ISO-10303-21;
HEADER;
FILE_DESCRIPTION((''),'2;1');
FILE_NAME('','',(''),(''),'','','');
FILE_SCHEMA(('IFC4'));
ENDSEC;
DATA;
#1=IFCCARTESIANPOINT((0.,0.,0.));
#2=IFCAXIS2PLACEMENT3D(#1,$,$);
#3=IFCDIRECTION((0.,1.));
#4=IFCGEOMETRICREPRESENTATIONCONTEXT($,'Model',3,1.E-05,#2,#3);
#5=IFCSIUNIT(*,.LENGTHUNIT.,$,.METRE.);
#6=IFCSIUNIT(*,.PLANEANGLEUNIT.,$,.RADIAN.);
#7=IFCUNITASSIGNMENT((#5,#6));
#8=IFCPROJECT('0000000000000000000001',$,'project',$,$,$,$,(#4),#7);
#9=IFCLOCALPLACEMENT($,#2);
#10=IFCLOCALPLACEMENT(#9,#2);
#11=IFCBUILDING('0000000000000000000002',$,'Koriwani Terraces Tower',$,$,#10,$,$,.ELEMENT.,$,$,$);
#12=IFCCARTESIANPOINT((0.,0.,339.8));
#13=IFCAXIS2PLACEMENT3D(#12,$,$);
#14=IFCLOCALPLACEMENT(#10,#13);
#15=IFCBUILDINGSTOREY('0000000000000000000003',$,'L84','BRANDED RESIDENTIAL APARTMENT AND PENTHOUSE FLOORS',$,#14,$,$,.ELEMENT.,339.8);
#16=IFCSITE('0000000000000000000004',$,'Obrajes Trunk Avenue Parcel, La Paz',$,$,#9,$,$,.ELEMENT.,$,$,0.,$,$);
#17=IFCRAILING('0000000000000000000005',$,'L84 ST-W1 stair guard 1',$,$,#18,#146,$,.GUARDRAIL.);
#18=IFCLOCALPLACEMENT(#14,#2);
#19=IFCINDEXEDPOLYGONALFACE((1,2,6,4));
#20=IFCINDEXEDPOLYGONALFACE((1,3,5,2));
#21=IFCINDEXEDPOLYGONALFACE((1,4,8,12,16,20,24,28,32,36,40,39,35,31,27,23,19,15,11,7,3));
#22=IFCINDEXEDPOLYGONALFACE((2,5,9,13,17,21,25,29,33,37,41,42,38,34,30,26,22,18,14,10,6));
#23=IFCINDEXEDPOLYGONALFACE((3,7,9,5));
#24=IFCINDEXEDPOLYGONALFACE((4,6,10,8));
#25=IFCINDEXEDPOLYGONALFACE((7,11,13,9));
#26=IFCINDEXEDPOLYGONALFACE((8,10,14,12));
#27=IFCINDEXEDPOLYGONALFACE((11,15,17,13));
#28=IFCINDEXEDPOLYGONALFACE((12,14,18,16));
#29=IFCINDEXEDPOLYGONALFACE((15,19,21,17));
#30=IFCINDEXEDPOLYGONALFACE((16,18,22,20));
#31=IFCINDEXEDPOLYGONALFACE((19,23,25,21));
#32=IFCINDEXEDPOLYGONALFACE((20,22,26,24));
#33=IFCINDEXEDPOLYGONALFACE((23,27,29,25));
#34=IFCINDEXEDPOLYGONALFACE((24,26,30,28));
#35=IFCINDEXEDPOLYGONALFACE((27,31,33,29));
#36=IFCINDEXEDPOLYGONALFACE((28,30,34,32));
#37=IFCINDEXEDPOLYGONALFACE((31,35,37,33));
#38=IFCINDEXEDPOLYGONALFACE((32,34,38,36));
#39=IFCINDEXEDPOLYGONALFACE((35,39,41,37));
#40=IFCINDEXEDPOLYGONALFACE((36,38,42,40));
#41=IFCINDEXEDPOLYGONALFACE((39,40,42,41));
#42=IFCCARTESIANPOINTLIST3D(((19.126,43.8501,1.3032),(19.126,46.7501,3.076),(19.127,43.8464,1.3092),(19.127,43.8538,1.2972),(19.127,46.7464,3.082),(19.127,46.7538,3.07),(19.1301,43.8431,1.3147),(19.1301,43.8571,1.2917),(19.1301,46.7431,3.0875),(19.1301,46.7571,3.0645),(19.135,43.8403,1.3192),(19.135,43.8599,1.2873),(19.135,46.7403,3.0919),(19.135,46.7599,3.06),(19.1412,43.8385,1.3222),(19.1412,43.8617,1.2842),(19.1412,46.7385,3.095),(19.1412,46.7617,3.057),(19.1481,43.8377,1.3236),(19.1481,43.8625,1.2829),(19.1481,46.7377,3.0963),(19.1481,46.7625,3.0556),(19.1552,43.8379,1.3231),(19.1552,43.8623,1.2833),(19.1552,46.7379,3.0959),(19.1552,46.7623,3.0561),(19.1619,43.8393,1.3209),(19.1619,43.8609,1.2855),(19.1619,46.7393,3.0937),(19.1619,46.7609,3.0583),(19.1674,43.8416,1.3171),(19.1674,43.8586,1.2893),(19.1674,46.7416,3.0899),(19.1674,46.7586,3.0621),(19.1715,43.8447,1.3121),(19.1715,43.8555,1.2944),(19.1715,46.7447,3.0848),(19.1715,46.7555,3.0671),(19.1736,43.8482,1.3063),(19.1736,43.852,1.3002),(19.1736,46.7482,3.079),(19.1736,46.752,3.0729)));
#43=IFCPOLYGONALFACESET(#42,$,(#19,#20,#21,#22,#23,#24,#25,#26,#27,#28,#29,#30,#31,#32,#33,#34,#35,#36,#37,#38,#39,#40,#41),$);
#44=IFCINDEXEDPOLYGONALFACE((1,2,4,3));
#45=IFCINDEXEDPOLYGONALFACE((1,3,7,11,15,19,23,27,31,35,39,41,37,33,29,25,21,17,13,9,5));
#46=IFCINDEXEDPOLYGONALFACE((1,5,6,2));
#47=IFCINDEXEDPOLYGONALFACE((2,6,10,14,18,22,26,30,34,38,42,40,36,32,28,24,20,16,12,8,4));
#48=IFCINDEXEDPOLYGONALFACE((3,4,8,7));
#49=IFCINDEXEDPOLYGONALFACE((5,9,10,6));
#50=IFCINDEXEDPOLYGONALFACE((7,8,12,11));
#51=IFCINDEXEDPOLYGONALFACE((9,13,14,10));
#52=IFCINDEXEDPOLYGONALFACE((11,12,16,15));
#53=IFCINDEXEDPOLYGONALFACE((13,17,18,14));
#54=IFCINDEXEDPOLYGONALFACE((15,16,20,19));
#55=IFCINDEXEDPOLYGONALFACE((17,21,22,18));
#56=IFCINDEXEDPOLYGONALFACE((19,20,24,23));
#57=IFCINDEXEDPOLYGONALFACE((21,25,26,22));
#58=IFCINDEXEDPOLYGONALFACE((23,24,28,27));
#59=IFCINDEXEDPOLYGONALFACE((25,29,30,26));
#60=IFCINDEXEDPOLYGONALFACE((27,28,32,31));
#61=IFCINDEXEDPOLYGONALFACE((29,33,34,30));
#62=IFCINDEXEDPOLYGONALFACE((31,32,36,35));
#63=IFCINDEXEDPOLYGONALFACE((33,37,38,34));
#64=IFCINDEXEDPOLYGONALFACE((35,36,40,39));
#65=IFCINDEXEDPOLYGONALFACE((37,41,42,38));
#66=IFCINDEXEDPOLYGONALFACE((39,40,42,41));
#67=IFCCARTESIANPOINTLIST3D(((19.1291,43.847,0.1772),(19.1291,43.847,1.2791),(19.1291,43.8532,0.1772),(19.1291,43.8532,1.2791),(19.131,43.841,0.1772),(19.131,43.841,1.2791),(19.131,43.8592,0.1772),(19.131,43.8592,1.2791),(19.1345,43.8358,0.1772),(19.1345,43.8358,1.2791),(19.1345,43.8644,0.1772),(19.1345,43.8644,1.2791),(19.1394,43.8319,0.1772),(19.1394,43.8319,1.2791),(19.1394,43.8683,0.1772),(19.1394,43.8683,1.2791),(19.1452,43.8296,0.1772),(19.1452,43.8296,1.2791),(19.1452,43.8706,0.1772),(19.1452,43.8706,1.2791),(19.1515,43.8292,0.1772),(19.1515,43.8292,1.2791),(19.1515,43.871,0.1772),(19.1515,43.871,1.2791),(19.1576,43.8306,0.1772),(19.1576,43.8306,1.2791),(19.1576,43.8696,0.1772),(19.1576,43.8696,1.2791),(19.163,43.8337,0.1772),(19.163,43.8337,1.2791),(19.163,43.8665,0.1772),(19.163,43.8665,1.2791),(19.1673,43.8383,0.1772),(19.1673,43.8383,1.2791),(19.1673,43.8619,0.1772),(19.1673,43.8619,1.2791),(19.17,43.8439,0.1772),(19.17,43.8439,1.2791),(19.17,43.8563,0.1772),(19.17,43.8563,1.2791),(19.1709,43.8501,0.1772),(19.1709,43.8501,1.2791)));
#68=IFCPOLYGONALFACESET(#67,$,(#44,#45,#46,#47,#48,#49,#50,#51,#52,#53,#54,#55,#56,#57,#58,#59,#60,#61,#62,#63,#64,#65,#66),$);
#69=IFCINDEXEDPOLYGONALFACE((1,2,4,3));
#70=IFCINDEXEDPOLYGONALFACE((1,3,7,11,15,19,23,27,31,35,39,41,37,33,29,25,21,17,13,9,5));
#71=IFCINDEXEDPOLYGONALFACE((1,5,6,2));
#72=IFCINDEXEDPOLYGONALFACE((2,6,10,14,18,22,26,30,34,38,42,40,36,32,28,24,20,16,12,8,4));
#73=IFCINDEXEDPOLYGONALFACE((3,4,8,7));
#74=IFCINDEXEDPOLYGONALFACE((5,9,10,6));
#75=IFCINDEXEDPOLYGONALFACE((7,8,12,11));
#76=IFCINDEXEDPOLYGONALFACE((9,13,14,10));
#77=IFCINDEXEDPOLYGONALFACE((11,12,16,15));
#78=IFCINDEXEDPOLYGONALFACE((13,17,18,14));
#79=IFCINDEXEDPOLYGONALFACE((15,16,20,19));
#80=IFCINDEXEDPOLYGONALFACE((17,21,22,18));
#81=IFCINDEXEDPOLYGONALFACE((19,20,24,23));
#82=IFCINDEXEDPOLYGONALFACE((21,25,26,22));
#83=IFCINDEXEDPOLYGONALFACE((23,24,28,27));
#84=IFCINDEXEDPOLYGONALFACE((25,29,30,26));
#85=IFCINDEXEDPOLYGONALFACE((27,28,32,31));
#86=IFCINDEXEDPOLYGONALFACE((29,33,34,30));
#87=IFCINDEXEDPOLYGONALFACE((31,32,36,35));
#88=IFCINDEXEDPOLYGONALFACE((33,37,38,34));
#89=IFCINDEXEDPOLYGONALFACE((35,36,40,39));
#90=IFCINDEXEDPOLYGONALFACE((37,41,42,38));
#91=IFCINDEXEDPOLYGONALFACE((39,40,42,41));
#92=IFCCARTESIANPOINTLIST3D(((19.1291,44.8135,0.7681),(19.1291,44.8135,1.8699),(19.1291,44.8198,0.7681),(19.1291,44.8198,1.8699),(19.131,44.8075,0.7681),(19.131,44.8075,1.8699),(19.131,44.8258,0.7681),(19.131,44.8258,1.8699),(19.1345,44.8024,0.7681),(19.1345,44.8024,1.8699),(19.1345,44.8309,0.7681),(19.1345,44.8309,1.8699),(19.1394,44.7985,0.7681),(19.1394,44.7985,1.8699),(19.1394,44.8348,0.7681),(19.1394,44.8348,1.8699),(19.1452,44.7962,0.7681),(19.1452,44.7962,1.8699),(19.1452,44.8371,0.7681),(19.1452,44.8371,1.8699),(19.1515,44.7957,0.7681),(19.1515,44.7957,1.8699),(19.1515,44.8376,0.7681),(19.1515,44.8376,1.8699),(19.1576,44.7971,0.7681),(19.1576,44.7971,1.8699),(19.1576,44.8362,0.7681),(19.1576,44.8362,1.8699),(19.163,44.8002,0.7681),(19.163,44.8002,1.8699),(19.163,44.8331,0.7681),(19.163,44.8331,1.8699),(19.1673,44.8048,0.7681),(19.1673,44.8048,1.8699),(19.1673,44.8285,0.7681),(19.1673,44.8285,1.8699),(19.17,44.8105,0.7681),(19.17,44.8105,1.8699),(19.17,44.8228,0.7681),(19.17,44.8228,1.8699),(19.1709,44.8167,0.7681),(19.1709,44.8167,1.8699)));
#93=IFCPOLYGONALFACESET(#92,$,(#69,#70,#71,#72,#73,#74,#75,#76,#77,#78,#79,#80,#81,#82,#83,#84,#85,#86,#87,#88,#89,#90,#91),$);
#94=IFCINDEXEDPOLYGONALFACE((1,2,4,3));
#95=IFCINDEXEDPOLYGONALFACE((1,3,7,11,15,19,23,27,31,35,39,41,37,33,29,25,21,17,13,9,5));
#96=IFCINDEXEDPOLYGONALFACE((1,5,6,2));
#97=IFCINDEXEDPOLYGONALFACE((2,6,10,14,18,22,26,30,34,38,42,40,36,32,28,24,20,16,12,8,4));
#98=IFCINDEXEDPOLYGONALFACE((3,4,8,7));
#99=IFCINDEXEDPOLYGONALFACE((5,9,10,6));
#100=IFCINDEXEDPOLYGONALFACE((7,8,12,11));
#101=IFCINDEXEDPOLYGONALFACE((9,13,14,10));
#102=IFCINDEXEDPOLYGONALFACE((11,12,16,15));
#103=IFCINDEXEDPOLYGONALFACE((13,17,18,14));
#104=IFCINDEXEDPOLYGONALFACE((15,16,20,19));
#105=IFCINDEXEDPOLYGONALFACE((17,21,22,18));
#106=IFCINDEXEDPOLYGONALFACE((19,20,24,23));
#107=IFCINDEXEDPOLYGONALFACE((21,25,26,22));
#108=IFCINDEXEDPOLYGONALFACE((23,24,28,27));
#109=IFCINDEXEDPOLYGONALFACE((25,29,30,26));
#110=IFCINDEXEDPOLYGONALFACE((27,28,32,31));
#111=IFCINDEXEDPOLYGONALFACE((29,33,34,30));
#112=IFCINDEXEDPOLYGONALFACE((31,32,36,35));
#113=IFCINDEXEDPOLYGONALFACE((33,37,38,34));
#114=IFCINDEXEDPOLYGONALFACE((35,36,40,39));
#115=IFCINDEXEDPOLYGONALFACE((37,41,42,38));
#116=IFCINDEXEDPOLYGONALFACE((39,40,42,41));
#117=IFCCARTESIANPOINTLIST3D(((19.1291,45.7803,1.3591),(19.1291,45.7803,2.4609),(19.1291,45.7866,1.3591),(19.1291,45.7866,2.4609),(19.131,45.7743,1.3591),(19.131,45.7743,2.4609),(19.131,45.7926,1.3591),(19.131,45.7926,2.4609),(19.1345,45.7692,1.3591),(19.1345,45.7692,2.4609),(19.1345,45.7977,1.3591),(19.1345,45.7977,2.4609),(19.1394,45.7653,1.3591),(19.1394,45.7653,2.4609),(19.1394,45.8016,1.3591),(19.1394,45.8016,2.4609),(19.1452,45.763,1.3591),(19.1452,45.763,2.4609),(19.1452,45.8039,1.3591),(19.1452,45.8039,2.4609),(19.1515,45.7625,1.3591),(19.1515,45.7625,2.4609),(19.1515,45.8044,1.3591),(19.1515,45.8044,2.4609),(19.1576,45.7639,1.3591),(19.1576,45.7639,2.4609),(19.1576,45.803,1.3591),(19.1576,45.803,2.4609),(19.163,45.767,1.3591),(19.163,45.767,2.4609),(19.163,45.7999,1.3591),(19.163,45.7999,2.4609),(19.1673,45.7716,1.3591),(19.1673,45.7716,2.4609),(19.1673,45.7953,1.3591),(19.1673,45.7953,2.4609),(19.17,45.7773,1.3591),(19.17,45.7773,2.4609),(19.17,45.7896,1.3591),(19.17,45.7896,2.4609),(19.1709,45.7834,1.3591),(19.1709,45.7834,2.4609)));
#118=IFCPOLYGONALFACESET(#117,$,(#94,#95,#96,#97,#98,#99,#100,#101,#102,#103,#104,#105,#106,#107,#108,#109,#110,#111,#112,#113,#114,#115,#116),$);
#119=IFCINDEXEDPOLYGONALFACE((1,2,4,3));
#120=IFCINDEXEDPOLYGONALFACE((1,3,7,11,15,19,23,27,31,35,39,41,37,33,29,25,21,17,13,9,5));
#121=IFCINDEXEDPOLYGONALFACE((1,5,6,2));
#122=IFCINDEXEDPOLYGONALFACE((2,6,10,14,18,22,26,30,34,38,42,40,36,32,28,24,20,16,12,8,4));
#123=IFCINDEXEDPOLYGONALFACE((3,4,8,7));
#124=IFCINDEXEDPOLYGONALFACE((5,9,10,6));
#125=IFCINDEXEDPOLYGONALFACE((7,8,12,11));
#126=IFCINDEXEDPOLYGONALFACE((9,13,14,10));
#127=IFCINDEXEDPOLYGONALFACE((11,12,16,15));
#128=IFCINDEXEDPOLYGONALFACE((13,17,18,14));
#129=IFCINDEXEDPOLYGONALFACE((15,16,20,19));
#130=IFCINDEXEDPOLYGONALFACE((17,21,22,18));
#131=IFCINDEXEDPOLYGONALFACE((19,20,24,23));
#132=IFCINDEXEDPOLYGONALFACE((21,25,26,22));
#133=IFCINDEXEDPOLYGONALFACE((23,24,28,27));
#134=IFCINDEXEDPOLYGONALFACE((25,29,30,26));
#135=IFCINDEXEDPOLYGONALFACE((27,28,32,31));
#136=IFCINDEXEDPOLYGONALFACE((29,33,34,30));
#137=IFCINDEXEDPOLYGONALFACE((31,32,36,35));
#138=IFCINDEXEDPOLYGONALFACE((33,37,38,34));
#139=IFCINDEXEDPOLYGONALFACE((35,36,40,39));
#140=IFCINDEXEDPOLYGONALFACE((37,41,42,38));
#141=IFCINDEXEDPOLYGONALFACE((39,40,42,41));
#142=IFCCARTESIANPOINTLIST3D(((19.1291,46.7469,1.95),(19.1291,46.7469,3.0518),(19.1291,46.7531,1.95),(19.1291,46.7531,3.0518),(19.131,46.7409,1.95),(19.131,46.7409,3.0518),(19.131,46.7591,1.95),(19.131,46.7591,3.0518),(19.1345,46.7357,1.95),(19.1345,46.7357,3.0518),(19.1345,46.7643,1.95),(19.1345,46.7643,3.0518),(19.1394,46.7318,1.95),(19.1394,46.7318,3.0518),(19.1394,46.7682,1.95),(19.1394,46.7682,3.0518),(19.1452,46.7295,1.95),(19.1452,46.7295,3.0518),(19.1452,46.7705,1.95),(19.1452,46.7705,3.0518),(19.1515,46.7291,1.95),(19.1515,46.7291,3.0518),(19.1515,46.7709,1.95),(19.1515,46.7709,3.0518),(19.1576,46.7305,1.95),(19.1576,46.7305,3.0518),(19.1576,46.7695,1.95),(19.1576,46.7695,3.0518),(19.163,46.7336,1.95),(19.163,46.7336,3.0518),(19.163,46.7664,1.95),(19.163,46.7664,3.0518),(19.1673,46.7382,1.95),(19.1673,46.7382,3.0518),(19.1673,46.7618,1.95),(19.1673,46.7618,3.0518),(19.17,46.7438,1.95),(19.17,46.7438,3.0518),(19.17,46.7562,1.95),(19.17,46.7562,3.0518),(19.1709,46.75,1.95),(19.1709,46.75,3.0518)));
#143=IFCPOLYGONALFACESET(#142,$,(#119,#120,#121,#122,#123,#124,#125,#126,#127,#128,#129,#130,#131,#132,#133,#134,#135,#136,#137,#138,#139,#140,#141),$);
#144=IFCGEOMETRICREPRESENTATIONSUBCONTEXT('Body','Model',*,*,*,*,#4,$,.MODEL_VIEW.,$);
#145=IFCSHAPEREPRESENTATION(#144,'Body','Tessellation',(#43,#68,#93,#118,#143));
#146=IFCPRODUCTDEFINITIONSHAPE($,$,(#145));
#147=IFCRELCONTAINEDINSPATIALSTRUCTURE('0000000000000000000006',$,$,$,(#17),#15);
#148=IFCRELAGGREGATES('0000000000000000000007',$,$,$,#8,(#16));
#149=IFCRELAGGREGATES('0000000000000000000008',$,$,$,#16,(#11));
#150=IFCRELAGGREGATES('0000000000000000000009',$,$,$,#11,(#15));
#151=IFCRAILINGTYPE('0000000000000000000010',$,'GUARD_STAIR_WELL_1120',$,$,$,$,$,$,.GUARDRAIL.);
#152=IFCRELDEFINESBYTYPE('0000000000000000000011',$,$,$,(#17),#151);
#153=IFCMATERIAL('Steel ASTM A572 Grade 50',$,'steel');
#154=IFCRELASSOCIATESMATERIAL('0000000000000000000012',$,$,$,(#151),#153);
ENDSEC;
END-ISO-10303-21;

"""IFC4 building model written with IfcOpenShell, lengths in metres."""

from ifc_helpers import new_model, si_unit, direction, frame, origin, origin_2d, place, context, subcontext, project, spatial, circle, extrude, material, type_object, element, save


model = new_model("IFC4")

# Units and contexts
model_context = context("Model", 3, precision=1e-05, world=origin(), true_north=direction((0.0, 1.0)))
body_context = subcontext(model_context, "Body", "Model", "MODEL_VIEW")
ifc_project = project(units=[si_unit("LENGTHUNIT", "METRE"), si_unit("PLANEANGLEUNIT", "RADIAN")], contexts=[model_context])

# Site, building, storey
site_placement = place(None, origin())
site = spatial("IfcSite", under=ifc_project, at=site_placement, Name="Obrajes Trunk Avenue Parcel, La Paz", CompositionType="ELEMENT", RefElevation=0.0)
building_placement = place(site_placement, origin())
building = spatial("IfcBuilding", under=site, at=building_placement, Name="Koriwani Terraces Tower", CompositionType="ELEMENT")
storey_placement = place(building_placement, frame((0.0, 0.0, 339.8)))
storey = spatial("IfcBuildingStorey", under=building, at=storey_placement, Name="L84", Description="BRANDED RESIDENTIAL APARTMENT AND PENTHOUSE FLOORS", CompositionType="ELEMENT", Elevation=339.8)

# Shared definitions
ifc_material_1 = material(Name="Steel ASTM A572 Grade 50", Category="steel")

# Railing
railing_type_1 = type_object("IfcRailingType", Name="GUARD_STAIR_WELL_1120", PredefinedType="GUARDRAIL", material=ifc_material_1)
railing_1_placement = place(storey_placement, frame((19.1499, 43.8501, 0.1772)))
element("IfcRailing", 1, at=railing_1_placement, inside=storey, type_object=railing_type_1, Name="L84 ST-W1 stair guard 1", PredefinedType="GUARDRAIL", context=body_context, shape_type="SweptSolid", body=[
    extrude(circle(Radius=0.0239, at=origin_2d()), frame((0.0, 0.0, 1.126), z_axis=(0.0, 0.853211, 0.521566), x_axis=(-1.0, 0.0, 0.0)), (0.0, 0.0, 1.0), 3.3989),
    extrude(circle(Radius=0.021, at=origin_2d()), origin(), (0.0, 0.0, 1.0), 1.1018),
    extrude(circle(Radius=0.021, at=origin_2d()), frame((0.0, 0.9666, 0.5908)), (0.0, 0.0, 1.0), 1.1018),
    extrude(circle(Radius=0.021, at=origin_2d()), frame((0.0, 1.9333, 1.1819)), (0.0, 0.0, 1.0), 1.1018),
    extrude(circle(Radius=0.021, at=origin_2d()), frame((0.0, 2.8999, 1.7727)), (0.0, 0.0, 1.0), 1.1018),
])

save(model, "model.ifc")
